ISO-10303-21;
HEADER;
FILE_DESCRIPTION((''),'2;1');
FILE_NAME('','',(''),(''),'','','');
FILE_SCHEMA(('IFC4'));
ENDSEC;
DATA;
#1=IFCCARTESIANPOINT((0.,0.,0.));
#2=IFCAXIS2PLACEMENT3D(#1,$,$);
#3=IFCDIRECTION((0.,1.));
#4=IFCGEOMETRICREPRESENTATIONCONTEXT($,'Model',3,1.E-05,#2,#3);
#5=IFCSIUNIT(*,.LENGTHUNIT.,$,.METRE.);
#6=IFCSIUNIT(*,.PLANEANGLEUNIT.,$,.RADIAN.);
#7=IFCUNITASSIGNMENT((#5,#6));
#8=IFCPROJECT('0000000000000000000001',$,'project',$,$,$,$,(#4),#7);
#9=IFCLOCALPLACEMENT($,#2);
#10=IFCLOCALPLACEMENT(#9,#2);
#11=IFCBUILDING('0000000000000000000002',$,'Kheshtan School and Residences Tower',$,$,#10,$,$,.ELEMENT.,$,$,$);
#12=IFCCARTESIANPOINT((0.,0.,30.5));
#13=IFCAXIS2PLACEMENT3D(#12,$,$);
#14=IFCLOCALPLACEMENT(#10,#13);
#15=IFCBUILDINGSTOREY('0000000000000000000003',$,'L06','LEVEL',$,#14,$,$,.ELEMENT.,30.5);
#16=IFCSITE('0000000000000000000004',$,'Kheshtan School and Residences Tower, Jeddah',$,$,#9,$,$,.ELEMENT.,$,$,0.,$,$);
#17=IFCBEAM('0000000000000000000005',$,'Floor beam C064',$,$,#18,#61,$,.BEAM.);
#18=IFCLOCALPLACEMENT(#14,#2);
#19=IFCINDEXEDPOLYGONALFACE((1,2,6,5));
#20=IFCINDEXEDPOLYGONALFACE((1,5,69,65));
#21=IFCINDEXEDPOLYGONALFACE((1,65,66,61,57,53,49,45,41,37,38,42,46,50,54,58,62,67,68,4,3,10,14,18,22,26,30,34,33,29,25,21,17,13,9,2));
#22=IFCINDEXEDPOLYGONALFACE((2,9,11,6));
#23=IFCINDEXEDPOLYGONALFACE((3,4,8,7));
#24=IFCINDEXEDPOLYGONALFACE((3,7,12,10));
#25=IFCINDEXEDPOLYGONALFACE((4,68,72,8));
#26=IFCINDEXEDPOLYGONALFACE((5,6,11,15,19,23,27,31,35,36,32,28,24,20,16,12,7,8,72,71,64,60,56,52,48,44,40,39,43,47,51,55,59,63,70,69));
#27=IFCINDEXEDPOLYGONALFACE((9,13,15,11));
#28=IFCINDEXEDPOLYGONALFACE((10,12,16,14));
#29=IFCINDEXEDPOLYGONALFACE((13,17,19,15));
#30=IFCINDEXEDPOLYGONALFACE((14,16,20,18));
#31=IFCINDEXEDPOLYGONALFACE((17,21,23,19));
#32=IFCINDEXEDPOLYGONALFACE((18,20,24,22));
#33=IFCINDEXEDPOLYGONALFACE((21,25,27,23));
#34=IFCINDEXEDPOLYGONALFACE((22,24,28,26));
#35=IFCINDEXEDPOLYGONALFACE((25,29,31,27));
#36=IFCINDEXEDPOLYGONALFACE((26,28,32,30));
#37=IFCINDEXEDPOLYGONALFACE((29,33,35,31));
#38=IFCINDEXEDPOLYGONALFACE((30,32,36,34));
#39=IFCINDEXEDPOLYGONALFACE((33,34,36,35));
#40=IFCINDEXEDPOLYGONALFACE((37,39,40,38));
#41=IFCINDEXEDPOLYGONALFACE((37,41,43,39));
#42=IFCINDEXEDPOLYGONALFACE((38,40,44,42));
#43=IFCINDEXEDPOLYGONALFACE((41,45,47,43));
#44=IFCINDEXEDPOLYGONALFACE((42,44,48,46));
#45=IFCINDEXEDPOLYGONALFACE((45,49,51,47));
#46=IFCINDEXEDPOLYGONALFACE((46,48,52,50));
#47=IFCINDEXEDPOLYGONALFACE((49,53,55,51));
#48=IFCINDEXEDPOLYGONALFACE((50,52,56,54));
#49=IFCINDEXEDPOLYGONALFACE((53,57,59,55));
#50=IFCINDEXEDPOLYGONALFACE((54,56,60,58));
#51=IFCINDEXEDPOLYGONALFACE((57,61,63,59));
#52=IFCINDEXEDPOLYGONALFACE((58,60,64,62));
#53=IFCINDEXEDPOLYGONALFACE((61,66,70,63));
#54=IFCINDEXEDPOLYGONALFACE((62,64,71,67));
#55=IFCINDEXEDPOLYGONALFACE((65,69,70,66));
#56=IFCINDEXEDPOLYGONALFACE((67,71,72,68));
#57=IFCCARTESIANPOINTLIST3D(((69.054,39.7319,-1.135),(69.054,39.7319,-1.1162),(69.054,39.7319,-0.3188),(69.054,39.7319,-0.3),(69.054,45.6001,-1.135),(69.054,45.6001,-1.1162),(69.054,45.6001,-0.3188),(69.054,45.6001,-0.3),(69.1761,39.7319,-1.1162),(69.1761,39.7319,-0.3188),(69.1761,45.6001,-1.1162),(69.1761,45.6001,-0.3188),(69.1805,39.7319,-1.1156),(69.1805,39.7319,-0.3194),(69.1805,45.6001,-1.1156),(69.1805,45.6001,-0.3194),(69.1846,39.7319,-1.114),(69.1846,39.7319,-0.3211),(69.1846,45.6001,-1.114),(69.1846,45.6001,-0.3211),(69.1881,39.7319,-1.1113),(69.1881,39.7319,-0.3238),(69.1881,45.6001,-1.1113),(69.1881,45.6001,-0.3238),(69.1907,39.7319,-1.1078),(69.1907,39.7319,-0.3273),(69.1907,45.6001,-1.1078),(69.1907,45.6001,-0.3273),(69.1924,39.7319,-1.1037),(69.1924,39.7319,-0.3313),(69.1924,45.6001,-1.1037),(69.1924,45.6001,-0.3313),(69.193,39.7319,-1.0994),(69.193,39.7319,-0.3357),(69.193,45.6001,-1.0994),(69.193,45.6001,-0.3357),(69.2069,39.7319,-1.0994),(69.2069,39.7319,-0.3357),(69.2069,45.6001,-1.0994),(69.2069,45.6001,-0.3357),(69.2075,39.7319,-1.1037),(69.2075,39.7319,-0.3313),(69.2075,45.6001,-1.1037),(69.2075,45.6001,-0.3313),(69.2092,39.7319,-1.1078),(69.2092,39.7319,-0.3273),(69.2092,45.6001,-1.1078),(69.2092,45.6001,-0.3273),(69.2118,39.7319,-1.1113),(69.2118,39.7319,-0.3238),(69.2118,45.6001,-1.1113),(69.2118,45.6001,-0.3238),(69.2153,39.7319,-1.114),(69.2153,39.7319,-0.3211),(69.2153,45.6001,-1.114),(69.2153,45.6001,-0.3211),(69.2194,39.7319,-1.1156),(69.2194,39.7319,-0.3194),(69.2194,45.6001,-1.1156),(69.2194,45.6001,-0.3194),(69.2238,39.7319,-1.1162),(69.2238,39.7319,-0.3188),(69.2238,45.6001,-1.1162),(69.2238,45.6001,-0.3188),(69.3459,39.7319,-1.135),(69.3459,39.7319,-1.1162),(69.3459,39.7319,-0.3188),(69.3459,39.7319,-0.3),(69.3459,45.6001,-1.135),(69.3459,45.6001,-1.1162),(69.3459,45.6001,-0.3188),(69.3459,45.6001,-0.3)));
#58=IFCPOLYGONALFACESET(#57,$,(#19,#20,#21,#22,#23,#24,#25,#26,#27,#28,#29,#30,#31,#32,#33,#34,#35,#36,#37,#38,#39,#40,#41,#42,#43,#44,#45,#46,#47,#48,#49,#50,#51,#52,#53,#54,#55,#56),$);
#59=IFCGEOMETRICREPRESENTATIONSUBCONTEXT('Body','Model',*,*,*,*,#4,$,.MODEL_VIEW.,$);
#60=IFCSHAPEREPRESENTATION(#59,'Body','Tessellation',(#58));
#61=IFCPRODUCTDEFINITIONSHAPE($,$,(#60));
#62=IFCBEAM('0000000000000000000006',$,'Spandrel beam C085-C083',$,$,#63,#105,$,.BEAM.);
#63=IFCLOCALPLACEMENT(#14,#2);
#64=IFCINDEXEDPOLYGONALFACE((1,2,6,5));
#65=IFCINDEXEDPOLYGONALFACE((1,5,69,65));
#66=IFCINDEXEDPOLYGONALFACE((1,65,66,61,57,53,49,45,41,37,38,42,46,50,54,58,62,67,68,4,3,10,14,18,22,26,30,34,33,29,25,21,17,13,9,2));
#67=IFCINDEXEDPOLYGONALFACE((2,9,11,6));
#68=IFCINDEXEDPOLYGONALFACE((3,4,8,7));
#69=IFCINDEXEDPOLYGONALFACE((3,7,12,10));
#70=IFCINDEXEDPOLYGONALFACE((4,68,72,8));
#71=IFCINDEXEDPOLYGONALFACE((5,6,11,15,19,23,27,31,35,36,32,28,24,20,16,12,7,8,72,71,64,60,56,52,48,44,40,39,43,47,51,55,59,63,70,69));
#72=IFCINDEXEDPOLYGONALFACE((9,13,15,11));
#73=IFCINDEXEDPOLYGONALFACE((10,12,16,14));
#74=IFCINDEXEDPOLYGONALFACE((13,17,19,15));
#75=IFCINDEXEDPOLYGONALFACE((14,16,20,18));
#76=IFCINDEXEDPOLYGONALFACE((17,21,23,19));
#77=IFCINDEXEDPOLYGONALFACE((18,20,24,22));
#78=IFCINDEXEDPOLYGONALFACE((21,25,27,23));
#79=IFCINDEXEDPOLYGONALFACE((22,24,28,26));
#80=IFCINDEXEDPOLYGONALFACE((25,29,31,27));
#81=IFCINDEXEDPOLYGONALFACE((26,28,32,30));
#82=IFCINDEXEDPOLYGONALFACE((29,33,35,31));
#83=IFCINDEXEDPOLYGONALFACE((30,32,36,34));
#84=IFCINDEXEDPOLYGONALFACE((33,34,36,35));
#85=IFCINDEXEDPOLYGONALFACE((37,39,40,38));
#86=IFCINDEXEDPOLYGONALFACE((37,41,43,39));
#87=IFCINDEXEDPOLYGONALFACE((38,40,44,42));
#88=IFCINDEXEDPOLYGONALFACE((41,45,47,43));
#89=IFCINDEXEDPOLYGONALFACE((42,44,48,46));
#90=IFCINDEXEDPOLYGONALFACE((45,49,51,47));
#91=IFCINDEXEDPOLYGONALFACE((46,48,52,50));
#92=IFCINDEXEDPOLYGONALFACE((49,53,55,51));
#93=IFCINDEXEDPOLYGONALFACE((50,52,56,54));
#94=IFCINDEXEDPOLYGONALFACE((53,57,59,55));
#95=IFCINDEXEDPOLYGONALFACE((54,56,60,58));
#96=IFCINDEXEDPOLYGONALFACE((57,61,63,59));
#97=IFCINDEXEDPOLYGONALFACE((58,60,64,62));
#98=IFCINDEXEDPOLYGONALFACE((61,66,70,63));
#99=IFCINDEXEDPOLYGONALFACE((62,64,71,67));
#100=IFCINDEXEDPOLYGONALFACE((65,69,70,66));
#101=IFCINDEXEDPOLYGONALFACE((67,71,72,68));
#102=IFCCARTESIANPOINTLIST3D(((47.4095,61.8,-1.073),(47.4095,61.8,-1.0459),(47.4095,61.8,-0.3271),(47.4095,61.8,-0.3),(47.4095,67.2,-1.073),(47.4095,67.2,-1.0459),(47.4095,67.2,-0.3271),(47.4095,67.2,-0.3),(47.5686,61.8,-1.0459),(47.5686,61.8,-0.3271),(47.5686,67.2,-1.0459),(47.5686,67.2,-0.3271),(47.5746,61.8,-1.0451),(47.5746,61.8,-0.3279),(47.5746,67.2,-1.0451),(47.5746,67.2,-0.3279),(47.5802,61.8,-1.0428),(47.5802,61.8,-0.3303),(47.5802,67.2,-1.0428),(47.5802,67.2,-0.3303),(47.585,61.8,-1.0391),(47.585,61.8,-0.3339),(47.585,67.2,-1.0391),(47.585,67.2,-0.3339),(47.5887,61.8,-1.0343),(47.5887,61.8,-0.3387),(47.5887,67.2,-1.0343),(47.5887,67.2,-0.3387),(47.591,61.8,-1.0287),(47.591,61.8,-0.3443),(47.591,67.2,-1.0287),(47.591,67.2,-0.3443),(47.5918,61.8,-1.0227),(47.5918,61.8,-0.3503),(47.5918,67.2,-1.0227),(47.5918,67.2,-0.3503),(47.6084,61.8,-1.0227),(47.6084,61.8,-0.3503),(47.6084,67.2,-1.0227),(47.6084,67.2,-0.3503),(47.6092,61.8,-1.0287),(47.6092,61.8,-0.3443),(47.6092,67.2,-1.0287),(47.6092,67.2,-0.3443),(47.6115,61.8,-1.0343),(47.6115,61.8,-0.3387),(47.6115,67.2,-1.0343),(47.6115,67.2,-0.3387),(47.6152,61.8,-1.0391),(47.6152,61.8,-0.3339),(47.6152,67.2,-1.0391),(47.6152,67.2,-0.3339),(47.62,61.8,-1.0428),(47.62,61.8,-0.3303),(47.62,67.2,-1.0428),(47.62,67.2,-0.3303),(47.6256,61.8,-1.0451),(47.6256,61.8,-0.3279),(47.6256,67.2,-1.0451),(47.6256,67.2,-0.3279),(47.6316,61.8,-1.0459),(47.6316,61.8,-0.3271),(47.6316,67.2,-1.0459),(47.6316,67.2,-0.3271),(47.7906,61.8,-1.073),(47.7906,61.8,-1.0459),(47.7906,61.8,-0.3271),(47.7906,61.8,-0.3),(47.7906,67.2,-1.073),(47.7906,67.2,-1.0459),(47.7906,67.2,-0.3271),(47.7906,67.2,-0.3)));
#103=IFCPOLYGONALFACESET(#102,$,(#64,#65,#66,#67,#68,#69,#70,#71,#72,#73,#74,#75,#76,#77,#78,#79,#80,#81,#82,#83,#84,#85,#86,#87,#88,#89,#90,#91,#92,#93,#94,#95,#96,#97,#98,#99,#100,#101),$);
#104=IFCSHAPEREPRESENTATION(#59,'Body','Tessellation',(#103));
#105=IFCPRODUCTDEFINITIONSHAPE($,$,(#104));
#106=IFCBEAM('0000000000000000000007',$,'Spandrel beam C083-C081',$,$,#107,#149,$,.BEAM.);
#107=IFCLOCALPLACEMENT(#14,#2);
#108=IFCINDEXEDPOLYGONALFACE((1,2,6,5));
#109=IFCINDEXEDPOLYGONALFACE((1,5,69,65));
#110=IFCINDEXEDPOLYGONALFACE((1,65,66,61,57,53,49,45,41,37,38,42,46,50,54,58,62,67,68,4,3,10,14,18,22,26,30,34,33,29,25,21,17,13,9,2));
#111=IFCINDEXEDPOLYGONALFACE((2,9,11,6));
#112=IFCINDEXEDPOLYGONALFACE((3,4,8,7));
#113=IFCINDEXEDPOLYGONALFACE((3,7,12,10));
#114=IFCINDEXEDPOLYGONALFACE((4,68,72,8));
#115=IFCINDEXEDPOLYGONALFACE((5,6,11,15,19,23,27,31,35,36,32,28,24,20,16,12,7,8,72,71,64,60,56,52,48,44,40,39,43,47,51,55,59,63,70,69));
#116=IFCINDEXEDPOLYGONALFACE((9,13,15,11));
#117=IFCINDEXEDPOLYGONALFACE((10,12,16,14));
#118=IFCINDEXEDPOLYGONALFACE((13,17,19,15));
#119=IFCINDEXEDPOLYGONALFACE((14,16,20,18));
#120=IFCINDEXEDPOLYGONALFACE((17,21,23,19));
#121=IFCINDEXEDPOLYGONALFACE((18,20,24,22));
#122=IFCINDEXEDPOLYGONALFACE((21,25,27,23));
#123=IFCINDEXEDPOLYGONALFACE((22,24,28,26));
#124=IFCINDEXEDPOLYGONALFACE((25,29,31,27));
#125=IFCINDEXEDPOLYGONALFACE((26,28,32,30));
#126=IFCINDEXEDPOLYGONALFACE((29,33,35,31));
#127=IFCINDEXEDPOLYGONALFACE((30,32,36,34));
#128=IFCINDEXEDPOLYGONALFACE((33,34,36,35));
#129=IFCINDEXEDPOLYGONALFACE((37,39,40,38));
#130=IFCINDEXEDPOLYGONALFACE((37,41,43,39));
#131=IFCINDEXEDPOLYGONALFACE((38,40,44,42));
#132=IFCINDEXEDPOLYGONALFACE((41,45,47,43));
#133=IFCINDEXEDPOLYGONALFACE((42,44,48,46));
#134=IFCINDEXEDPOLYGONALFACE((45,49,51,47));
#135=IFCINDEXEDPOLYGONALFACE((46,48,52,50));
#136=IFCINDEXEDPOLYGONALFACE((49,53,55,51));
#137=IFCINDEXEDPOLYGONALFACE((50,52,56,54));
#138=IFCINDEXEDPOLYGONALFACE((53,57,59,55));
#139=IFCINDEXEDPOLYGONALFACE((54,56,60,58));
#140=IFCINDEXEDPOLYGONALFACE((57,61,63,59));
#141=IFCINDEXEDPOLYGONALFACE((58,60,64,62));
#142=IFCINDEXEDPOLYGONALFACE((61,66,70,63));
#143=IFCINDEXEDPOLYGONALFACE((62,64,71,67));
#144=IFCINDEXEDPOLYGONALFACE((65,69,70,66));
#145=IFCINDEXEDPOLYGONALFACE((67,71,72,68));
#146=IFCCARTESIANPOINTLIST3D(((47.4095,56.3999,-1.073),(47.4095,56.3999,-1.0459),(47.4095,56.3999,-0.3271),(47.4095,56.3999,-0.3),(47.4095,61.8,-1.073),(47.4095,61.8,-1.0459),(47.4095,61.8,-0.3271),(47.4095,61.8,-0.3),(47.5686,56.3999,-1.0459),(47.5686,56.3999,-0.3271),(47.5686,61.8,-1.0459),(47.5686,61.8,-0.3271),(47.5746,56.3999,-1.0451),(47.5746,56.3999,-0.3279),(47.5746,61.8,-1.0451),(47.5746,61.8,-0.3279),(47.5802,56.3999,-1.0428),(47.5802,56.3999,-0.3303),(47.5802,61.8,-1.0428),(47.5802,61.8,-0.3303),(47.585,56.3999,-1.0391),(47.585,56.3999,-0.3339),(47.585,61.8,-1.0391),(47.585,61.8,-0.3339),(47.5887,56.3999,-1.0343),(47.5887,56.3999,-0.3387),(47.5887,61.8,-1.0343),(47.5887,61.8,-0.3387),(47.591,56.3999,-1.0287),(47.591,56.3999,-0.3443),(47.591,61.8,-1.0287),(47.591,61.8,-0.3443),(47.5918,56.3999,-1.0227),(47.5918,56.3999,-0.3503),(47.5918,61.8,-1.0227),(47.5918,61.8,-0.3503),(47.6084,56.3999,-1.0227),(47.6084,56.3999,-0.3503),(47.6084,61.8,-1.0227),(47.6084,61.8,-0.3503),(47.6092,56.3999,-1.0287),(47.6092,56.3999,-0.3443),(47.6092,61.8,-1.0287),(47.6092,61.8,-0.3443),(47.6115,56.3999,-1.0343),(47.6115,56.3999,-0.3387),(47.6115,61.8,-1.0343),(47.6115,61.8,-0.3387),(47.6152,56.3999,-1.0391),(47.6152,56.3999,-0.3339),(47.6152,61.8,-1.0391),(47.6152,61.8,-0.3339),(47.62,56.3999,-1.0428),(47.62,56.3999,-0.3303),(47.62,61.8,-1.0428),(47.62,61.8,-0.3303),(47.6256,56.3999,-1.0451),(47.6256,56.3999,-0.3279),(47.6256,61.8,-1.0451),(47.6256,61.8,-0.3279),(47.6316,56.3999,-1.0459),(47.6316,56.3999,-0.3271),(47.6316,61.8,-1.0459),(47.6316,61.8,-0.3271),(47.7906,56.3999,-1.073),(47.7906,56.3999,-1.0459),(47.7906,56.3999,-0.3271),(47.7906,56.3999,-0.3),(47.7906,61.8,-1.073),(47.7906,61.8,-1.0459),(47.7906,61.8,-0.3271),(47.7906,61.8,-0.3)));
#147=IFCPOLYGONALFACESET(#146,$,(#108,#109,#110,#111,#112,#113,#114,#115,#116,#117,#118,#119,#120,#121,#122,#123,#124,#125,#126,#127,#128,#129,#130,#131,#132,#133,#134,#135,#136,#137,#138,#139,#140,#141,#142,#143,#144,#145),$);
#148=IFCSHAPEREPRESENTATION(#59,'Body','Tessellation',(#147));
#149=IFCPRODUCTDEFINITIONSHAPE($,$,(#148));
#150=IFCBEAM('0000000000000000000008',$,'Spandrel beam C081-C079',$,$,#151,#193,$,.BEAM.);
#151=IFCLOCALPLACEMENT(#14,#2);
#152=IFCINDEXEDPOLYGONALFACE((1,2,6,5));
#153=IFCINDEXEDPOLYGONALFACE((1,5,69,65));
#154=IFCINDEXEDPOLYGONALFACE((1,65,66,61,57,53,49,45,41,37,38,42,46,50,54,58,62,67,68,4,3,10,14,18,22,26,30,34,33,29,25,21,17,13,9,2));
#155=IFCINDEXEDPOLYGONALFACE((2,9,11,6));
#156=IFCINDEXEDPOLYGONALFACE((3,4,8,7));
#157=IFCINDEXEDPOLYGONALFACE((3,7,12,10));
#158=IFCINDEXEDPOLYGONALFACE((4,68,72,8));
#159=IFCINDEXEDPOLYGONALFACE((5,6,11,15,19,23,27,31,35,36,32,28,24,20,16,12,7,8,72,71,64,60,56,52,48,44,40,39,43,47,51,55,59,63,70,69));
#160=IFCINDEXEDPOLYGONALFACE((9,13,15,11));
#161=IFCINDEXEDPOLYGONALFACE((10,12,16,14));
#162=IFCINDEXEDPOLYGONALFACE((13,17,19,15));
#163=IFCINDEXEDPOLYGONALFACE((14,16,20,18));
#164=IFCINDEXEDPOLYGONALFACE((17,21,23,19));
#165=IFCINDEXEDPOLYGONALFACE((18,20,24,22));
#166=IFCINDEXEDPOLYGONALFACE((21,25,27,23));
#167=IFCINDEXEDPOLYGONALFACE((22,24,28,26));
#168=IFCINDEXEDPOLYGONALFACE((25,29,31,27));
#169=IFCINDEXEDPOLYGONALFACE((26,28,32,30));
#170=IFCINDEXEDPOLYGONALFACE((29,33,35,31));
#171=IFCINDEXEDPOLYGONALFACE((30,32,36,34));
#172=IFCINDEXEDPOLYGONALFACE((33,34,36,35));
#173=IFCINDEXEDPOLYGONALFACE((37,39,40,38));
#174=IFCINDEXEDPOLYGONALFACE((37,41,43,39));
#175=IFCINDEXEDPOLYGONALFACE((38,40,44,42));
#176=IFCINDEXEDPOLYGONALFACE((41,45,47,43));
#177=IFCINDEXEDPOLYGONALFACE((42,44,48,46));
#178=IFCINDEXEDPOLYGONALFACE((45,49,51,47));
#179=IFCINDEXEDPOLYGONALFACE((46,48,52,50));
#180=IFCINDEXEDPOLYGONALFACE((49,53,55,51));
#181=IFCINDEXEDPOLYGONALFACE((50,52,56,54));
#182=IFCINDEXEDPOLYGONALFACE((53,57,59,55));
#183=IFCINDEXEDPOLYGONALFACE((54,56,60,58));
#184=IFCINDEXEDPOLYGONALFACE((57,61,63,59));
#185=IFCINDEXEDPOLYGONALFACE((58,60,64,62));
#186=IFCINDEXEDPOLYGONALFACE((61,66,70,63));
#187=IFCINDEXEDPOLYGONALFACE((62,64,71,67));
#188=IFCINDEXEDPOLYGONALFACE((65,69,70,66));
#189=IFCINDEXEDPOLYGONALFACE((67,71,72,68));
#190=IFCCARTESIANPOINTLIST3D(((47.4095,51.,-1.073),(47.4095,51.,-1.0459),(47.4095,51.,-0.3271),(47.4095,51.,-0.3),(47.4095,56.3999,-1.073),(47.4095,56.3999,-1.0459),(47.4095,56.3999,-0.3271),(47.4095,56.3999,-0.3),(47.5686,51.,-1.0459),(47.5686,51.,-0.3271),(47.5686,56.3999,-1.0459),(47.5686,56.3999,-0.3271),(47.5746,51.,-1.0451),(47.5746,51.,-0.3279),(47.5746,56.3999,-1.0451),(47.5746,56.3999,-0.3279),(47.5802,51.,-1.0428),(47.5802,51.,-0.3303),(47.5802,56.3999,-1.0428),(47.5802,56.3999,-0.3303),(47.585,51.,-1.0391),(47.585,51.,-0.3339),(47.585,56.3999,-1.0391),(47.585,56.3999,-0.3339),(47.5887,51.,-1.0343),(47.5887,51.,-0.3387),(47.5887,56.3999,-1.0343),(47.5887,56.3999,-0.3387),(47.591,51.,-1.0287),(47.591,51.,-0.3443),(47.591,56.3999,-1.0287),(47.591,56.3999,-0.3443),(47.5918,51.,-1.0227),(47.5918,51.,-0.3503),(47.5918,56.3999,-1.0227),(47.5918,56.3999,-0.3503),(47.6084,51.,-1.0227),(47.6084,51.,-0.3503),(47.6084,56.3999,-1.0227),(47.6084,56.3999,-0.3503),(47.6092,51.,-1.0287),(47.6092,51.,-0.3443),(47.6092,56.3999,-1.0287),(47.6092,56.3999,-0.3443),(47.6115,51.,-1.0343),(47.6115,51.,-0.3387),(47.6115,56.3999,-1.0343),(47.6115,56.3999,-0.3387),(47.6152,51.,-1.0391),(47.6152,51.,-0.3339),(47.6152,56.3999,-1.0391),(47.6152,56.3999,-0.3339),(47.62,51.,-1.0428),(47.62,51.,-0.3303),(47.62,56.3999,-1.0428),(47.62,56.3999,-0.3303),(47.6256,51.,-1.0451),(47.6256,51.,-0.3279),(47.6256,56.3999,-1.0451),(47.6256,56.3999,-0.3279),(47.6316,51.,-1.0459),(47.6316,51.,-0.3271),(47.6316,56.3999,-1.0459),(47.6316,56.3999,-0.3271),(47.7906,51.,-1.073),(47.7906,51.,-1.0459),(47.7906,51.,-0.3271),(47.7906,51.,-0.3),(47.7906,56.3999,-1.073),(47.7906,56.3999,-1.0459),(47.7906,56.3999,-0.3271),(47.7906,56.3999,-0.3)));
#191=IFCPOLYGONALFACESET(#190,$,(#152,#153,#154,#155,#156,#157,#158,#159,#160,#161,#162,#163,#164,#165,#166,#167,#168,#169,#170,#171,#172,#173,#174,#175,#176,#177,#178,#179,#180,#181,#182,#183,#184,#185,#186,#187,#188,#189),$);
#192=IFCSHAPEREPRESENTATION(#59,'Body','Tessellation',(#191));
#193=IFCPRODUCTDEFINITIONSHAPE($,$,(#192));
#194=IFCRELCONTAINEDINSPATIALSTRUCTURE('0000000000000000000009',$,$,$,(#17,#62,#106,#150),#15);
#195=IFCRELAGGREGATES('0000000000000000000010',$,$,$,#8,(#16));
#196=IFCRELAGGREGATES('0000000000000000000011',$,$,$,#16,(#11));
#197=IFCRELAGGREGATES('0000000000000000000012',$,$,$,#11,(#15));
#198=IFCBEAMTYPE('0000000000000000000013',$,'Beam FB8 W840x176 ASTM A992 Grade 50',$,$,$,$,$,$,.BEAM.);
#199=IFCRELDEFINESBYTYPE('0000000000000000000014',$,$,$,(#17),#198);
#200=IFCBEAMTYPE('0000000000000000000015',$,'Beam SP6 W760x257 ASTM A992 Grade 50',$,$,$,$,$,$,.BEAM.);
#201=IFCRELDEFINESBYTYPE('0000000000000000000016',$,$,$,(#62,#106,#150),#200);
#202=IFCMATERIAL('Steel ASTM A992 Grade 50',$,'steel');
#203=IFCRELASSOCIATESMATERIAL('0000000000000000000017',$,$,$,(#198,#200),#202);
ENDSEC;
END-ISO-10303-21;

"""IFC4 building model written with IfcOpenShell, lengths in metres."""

from ifc_helpers import new_model, si_unit, direction, frame, origin, origin_2d, place, context, subcontext, project, spatial, i_section, extrude, material, material_profile, profile_set, type_object, element, save


model = new_model("IFC4")

# Units and contexts
model_context = context("Model", 3, precision=1e-05, world=origin(), true_north=direction((0.0, 1.0)))
body_context = subcontext(model_context, "Body", "Model", "MODEL_VIEW")
ifc_project = project(units=[si_unit("LENGTHUNIT", "METRE"), si_unit("PLANEANGLEUNIT", "RADIAN")], contexts=[model_context])

# Site, building, storey
site_placement = place(None, origin())
site = spatial("IfcSite", under=ifc_project, at=site_placement, Name="Kheshtan School and Residences Tower, Jeddah", CompositionType="ELEMENT", RefElevation=0.0)
building_placement = place(site_placement, origin())
building = spatial("IfcBuilding", under=site, at=building_placement, Name="Kheshtan School and Residences Tower", CompositionType="ELEMENT")
storey_placement = place(building_placement, frame((0.0, 0.0, 30.5)))
storey = spatial("IfcBuildingStorey", under=building, at=storey_placement, Name="L06", Description="LEVEL", CompositionType="ELEMENT", Elevation=30.5)

# Shared definitions
ifc_material_1 = material(Name="Steel ASTM A992 Grade 50", Category="steel")

# Beams
ifc_material_profile_1 = material_profile(ifc_material_1, i_section(OverallWidth=0.292, OverallDepth=0.835, WebThickness=0.0139, FlangeThickness=0.0188, FilletRadius=0.0168, at=origin_2d()), Name="W840x176")
ifc_profile_set_1 = profile_set([ifc_material_profile_1], Name="Steel ASTM A992 Grade 50")
beam_type_1 = type_object("IfcBeamType", Name="Beam FB8 W840x176 ASTM A992 Grade 50", PredefinedType="BEAM", material=ifc_profile_set_1)
beam_1_placement = place(storey_placement, frame((69.2, 45.6001, -0.7175), z_axis=(0.0, -1.0, 0.0), x_axis=(1.0, 0.0, 0.0)))
element("IfcBeam", 1, at=beam_1_placement, inside=storey, type_object=beam_type_1, Name="Floor beam C064", PredefinedType="BEAM", context=body_context, shape_type="SweptSolid", body=[
    extrude(i_section(OverallWidth=0.292, OverallDepth=0.835, WebThickness=0.0139, FlangeThickness=0.0188, FilletRadius=0.0168, at=origin_2d()), origin(), (0.0, 0.0, 1.0), 5.8682),
])
ifc_material_profile_2 = material_profile(ifc_material_1, i_section(OverallWidth=0.3811, OverallDepth=0.7729, WebThickness=0.0166, FlangeThickness=0.0271, FilletRadius=0.0232, at=origin_2d()), Name="W760x257")
ifc_profile_set_2 = profile_set([ifc_material_profile_2], Name="Steel ASTM A992 Grade 50")
beam_type_2 = type_object("IfcBeamType", Name="Beam SP6 W760x257 ASTM A992 Grade 50", PredefinedType="BEAM", material=ifc_profile_set_2)
beam_2_placement = place(storey_placement, frame((47.6001, 67.2, -0.6865), z_axis=(0.0, -1.0, 0.0), x_axis=(1.0, 0.0, 0.0)))
element("IfcBeam", 2, at=beam_2_placement, inside=storey, type_object=beam_type_2, Name="Spandrel beam C085-C083", PredefinedType="BEAM", context=body_context, shape_type="SweptSolid", body=[
    extrude(i_section(OverallWidth=0.3811, OverallDepth=0.7729, WebThickness=0.0166, FlangeThickness=0.0271, FilletRadius=0.0232, at=origin_2d()), origin(), (0.0, 0.0, 1.0), 5.3999),
])
beam_3_placement = place(storey_placement, frame((47.6001, 61.8, -0.6865), z_axis=(0.0, -1.0, 0.0), x_axis=(1.0, 0.0, 0.0)))
element("IfcBeam", 3, at=beam_3_placement, inside=storey, type_object=beam_type_2, Name="Spandrel beam C083-C081", PredefinedType="BEAM", context=body_context, shape_type="SweptSolid", body=[
    extrude(i_section(OverallWidth=0.3811, OverallDepth=0.7729, WebThickness=0.0166, FlangeThickness=0.0271, FilletRadius=0.0232, at=origin_2d()), origin(), (0.0, 0.0, 1.0), 5.4001),
])
for number, where, z_axis, x_axis, name in (
    (4, (47.6001, 56.3999, -0.6865), (0.0, -1.0, 0.0), (1.0, 0.0, 0.0), "Spandrel beam C081-C079"),
):
    element("IfcBeam", number, at=place(storey_placement, frame(where, z_axis=z_axis, x_axis=x_axis)), inside=storey, type_object=beam_type_2, Name=name, PredefinedType="BEAM", context=body_context, shape_type="SweptSolid", body=[
        extrude(i_section(OverallWidth=0.3811, OverallDepth=0.7729, WebThickness=0.0166, FlangeThickness=0.0271, FilletRadius=0.0232, at=origin_2d()), origin(), (0.0, 0.0, 1.0), 5.3999),
    ])

save(model, "model.ifc")
